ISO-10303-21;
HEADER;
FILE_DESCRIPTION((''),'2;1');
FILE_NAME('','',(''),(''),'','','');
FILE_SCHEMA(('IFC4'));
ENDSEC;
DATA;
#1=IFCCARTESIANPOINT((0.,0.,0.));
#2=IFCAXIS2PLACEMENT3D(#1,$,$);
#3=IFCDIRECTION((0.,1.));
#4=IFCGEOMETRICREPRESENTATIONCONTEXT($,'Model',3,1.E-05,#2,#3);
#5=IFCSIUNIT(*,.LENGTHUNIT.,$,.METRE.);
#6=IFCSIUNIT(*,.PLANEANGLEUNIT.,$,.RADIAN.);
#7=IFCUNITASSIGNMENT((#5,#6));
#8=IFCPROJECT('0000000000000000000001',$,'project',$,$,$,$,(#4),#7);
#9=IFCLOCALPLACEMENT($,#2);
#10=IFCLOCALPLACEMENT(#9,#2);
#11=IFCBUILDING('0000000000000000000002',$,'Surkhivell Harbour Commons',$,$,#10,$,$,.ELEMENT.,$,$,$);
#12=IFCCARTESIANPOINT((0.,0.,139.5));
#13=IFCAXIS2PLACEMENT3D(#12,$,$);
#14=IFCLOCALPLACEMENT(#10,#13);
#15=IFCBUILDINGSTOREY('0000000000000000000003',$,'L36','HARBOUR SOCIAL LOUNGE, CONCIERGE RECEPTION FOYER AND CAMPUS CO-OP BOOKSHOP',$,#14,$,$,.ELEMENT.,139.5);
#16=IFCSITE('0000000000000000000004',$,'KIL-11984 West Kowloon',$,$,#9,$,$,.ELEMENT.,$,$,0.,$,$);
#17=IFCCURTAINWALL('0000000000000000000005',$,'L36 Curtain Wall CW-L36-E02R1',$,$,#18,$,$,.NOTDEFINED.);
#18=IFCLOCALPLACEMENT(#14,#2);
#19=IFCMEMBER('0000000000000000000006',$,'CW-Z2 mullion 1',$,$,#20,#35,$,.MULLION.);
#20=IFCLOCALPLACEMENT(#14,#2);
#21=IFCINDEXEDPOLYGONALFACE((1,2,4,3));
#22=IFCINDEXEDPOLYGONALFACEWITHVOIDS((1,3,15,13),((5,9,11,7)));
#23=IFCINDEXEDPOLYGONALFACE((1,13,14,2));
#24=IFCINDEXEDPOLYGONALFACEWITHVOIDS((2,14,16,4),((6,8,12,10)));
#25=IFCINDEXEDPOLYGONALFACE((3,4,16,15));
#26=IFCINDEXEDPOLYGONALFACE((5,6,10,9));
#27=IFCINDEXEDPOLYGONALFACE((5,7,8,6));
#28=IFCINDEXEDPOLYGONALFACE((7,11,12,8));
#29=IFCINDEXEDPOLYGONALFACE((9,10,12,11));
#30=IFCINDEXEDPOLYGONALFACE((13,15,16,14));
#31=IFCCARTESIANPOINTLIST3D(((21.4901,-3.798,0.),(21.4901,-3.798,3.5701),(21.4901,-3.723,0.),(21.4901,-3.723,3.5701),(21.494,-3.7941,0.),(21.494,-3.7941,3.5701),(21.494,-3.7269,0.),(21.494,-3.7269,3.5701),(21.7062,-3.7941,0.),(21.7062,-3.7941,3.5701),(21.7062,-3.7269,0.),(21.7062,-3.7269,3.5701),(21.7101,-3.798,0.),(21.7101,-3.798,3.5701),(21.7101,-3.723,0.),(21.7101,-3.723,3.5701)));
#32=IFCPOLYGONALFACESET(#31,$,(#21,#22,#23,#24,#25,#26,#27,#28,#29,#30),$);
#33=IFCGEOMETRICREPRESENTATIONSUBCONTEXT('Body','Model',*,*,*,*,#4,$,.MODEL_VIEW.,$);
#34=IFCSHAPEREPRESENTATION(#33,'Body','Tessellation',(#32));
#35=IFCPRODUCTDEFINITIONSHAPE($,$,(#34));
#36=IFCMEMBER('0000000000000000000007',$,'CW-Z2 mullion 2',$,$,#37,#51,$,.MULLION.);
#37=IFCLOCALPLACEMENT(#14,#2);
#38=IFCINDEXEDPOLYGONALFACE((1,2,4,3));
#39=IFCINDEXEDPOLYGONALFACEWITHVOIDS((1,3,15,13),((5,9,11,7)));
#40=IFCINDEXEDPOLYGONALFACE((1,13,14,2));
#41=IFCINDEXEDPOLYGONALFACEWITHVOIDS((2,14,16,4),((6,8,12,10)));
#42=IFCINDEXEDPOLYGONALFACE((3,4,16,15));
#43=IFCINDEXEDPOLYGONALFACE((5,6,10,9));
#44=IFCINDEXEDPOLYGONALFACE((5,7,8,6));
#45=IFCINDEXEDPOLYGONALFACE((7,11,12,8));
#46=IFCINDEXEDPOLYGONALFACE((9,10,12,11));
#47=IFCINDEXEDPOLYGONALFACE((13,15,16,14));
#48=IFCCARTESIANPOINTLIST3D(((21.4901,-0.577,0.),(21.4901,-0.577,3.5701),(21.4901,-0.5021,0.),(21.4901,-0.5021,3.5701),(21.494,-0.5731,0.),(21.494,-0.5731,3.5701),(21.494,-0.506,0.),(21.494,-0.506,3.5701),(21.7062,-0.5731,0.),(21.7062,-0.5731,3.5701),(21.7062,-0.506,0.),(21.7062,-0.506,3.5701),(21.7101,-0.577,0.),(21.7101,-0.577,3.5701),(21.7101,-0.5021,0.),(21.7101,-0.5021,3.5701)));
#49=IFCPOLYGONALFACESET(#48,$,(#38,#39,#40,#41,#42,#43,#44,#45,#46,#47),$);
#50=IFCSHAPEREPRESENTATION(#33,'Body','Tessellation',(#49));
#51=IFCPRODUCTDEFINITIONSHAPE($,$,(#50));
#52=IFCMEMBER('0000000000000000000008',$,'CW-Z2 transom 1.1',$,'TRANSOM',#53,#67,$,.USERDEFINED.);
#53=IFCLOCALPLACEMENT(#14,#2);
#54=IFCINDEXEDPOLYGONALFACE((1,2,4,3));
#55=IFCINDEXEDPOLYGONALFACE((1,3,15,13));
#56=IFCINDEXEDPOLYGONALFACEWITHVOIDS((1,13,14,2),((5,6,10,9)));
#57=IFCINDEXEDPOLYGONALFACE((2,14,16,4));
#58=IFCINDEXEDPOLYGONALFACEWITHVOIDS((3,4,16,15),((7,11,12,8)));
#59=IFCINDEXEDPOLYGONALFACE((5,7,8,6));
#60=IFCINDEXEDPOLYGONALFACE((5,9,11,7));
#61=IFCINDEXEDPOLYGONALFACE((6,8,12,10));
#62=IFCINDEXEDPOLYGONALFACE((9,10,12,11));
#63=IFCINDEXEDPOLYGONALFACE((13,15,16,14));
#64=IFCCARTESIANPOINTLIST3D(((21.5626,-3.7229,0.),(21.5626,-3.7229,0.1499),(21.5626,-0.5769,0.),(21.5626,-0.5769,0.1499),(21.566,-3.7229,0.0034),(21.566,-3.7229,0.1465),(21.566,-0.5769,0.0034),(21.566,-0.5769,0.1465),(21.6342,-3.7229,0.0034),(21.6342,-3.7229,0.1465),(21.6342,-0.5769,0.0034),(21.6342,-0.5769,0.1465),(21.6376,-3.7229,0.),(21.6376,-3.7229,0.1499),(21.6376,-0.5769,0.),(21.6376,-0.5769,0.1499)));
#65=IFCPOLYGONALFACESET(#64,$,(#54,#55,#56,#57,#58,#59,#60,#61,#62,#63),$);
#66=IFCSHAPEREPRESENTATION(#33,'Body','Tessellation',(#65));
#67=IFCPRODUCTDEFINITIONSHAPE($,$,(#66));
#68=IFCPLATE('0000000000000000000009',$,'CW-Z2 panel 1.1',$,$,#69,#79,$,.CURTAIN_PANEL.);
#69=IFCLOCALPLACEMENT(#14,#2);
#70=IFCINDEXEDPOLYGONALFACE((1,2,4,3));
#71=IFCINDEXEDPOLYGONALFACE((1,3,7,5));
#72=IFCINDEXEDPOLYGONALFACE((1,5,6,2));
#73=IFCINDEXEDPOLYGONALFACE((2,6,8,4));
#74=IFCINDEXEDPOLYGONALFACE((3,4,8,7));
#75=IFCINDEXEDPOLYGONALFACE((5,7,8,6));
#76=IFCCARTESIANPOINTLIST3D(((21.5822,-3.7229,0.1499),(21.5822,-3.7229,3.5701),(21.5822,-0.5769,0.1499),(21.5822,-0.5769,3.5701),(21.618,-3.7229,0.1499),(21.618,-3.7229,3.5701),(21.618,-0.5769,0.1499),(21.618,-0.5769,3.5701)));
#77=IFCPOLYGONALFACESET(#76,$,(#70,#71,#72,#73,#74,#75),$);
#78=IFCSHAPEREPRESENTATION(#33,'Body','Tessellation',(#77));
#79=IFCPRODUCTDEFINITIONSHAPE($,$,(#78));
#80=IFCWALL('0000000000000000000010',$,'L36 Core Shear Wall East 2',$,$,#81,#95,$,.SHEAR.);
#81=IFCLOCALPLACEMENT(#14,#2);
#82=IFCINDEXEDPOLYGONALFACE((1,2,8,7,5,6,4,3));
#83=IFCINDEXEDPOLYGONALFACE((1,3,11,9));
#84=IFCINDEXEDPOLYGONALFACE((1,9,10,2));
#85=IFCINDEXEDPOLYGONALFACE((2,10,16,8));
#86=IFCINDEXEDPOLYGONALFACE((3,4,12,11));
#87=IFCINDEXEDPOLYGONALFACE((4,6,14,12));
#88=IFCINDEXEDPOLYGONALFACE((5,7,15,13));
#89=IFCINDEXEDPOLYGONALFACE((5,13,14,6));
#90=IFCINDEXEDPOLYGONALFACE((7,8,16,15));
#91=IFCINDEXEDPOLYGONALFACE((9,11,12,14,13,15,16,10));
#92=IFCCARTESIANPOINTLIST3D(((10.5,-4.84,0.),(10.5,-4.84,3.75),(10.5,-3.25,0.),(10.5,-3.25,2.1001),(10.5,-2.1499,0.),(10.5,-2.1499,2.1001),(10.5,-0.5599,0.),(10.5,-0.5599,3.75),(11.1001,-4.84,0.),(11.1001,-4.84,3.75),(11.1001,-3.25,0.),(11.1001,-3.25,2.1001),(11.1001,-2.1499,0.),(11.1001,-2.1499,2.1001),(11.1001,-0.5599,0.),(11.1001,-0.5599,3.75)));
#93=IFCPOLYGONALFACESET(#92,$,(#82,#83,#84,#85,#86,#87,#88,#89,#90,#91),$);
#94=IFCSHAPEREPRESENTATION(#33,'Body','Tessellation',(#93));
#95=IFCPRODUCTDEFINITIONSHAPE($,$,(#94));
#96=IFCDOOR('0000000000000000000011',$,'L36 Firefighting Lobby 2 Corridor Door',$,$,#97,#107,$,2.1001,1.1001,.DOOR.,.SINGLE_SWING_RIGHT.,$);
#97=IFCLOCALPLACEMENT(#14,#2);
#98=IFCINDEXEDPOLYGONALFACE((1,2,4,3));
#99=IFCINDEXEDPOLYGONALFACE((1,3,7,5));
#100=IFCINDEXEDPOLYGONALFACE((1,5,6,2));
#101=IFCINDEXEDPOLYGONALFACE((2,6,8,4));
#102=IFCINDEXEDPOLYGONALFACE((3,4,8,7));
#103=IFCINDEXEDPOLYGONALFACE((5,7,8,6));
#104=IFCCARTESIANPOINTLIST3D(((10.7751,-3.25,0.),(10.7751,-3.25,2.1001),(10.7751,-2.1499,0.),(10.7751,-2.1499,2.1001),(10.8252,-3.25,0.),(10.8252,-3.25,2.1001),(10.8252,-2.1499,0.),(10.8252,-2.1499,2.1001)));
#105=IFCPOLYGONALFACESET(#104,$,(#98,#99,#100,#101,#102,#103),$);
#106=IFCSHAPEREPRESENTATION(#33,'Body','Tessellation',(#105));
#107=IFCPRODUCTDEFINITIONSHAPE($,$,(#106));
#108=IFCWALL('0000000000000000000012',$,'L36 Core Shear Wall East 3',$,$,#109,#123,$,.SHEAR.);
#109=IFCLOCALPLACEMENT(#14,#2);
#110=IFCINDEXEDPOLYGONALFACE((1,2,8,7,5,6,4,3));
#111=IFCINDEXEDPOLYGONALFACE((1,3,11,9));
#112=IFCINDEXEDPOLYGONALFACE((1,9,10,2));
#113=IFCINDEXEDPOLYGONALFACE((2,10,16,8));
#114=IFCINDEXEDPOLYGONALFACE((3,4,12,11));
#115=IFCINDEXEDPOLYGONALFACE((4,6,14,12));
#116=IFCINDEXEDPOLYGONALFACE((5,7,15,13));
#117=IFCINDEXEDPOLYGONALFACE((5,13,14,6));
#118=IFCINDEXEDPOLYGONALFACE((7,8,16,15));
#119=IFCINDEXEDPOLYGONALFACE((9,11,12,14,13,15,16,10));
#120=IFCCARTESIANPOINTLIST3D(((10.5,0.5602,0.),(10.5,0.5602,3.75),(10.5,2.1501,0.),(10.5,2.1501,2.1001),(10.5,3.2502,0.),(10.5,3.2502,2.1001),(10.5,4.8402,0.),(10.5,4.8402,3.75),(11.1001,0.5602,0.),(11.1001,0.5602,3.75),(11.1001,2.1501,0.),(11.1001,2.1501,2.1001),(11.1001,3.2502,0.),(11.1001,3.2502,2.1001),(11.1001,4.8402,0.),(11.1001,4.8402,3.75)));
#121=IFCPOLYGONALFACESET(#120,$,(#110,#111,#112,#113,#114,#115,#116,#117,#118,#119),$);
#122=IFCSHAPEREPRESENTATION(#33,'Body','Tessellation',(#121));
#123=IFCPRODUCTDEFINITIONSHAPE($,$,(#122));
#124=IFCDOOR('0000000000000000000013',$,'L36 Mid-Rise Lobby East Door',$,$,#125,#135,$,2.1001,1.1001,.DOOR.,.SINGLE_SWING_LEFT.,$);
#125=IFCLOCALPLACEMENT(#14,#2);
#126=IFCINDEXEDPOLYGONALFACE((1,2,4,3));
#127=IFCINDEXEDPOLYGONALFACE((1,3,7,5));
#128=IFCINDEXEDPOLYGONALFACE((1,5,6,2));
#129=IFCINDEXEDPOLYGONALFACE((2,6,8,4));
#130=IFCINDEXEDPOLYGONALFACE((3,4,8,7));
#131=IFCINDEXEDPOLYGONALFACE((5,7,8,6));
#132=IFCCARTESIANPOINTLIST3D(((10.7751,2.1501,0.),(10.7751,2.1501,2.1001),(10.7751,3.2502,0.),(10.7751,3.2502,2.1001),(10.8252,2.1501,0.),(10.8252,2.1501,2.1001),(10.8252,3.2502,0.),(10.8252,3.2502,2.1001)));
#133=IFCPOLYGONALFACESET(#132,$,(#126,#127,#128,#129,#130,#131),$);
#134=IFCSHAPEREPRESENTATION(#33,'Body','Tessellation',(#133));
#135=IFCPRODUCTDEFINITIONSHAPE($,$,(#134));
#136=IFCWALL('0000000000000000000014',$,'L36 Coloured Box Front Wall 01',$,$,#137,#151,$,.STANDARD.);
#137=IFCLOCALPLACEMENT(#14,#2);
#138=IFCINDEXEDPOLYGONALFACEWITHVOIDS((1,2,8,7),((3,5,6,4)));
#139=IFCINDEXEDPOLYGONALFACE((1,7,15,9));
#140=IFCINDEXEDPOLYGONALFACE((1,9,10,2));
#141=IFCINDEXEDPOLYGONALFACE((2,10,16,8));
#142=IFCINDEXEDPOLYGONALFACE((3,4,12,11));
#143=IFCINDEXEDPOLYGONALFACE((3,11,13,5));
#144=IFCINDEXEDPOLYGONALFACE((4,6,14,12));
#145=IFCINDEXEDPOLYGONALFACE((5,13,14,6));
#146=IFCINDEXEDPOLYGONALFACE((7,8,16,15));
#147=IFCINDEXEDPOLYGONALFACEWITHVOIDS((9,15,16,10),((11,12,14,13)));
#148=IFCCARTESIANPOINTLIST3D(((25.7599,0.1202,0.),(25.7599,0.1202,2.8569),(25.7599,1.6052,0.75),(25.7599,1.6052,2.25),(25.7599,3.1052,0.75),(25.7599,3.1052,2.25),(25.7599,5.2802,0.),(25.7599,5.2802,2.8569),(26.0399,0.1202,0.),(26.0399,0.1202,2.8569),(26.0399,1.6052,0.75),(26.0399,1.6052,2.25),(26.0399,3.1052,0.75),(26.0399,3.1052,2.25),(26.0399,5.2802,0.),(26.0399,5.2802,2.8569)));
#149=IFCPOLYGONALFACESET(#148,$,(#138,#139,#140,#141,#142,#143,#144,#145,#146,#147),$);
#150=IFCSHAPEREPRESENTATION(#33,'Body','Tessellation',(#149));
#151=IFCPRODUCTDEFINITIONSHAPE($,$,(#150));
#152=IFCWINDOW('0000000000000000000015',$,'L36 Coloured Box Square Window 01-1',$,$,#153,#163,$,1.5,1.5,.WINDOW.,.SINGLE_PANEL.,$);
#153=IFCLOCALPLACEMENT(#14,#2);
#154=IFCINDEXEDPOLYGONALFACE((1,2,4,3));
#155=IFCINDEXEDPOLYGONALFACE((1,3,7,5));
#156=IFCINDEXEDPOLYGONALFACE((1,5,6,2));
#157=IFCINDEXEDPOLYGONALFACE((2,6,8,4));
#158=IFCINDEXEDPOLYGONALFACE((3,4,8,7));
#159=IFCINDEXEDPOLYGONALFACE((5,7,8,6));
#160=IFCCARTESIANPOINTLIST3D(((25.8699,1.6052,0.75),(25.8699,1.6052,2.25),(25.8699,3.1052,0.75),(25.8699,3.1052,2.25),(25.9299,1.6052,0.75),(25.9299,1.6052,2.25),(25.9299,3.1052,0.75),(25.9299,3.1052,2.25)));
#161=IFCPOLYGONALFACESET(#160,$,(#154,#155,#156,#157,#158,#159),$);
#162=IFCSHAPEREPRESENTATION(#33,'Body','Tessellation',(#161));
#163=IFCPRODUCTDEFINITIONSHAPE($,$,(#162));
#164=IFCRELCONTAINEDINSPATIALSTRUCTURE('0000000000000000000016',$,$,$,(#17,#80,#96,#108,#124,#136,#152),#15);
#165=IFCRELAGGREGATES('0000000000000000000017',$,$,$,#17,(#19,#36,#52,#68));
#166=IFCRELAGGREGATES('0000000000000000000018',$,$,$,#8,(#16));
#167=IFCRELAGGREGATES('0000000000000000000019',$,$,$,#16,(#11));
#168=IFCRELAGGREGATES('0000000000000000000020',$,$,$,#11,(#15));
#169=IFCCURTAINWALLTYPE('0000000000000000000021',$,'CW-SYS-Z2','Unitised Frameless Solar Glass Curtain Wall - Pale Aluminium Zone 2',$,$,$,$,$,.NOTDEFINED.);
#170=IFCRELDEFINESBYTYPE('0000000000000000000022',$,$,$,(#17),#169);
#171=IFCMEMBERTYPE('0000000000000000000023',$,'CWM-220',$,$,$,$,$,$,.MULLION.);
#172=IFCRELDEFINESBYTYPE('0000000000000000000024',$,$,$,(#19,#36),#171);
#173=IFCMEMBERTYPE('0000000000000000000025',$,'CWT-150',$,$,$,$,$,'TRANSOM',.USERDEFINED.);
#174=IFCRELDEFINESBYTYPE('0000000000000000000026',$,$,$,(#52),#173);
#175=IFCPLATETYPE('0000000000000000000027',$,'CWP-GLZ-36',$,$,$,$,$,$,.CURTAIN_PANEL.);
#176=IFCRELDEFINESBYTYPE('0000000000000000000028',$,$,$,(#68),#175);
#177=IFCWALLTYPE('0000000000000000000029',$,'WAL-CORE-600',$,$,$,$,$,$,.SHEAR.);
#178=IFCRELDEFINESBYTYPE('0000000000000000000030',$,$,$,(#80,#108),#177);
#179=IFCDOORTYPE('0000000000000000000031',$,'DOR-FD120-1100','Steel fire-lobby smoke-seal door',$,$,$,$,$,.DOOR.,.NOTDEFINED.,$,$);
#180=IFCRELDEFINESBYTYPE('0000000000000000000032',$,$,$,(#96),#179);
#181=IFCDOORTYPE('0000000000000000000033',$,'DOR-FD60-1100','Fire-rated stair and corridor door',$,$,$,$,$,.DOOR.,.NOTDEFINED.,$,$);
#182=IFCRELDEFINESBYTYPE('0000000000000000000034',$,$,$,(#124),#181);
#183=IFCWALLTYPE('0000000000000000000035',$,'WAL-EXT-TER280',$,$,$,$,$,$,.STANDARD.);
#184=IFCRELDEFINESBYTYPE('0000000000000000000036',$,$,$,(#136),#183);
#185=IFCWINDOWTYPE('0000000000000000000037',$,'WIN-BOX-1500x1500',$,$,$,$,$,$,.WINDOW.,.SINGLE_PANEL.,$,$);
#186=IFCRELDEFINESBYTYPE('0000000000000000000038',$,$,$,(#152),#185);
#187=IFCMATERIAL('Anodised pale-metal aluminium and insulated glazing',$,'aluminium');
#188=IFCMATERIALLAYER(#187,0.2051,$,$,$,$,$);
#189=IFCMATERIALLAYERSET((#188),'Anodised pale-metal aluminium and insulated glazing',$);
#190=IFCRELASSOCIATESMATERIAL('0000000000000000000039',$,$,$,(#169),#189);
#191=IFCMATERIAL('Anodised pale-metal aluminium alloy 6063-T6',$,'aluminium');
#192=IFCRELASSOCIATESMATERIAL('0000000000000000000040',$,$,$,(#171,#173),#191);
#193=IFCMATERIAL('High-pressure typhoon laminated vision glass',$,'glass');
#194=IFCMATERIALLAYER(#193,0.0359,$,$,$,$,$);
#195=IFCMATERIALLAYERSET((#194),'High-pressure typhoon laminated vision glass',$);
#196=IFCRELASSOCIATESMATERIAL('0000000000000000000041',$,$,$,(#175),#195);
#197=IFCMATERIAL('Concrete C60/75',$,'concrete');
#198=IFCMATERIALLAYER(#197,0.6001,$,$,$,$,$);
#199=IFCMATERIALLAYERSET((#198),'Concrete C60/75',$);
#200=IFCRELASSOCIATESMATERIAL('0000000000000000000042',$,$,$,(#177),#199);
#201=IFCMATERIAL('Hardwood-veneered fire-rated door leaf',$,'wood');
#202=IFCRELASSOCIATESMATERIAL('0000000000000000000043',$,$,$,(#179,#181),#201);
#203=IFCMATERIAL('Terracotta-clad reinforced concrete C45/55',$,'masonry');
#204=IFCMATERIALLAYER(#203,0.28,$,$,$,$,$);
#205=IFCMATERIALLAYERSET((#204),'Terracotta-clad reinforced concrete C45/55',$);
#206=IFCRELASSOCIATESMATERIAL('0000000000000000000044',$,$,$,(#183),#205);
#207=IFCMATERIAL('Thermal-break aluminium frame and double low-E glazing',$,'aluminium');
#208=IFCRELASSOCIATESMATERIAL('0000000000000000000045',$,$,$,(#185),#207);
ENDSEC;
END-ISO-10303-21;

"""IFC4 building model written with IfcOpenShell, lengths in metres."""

from ifc_helpers import new_model, si_unit, direction, frame, frame_2d, origin, origin_2d, place, context, subcontext, project, spatial, rectangle, hollow_rectangle, extrude, material, layer, layer_set, material_profile, profile_set, type_object, element, fill, aggregate, save


model = new_model("IFC4")

# Units and contexts
model_context = context("Model", 3, precision=1e-05, world=origin(), true_north=direction((0.0, 1.0)))
body_context = subcontext(model_context, "Body", "Model", "MODEL_VIEW")
ifc_project = project(units=[si_unit("LENGTHUNIT", "METRE"), si_unit("PLANEANGLEUNIT", "RADIAN")], contexts=[model_context])

# Site, building, storey
site_placement = place(None, origin())
site = spatial("IfcSite", under=ifc_project, at=site_placement, Name="KIL-11984 West Kowloon", CompositionType="ELEMENT", RefElevation=0.0)
building_placement = place(site_placement, origin())
building = spatial("IfcBuilding", under=site, at=building_placement, Name="Surkhivell Harbour Commons", CompositionType="ELEMENT")
storey_placement = place(building_placement, frame((0.0, 0.0, 139.5)))
storey = spatial("IfcBuildingStorey", under=building, at=storey_placement, Name="L36", Description="HARBOUR SOCIAL LOUNGE, CONCIERGE RECEPTION FOYER AND CAMPUS CO-OP BOOKSHOP", CompositionType="ELEMENT", Elevation=139.5)

# Shared definitions
ifc_material_1 = material(Name="Concrete C60/75", Category="concrete")

# Shared definitions
ifc_material_2 = material(Name="Anodised pale-metal aluminium and insulated glazing", Category="aluminium")
ifc_layer_1 = layer(ifc_material_2, 0.2051)
ifc_layer_set_1 = layer_set([ifc_layer_1], Name="Anodised pale-metal aluminium and insulated glazing")
curtain_wall_type = type_object("IfcCurtainWallType", Name="CW-SYS-Z2", Description="Unitised Frameless Solar Glass Curtain Wall - Pale Aluminium Zone 2", PredefinedType="NOTDEFINED", material=ifc_layer_set_1)
ifc_material_3 = material(Name="Anodised pale-metal aluminium alloy 6063-T6", Category="aluminium")
ifc_material_profile_1 = material_profile(ifc_material_3, hollow_rectangle(XDim=0.075, YDim=0.22, WallThickness=0.0039, at=origin_2d()), Name="ALU-MULL-75x220")
ifc_profile_set_1 = profile_set([ifc_material_profile_1], Name="Anodised pale-metal aluminium alloy 6063-T6")
member_type_1 = type_object("IfcMemberType", Name="CWM-220", PredefinedType="MULLION", material=ifc_profile_set_1)

# Curtain wall, members, plate
curtain_wall_1_placement = place(storey_placement, origin())
curtain_wall_1 = element("IfcCurtainWall", 1, at=curtain_wall_1_placement, inside=storey, type_object=curtain_wall_type, Name="L36 Curtain Wall CW-L36-E02R1", PredefinedType="NOTDEFINED")
member_1_placement = place(storey_placement, frame((21.6001, -3.7605, 0.0), z_axis=(0.0, 0.0, 1.0), x_axis=(0.0, 1.0, 0.0)))
member_1 = element("IfcMember", 2, at=member_1_placement, type_object=member_type_1, Name="CW-Z2 mullion 1", PredefinedType="MULLION", context=body_context, shape_type="SweptSolid", body=[
    extrude(hollow_rectangle(XDim=0.075, YDim=0.22, WallThickness=0.0039, at=origin_2d()), origin(), (0.0, 0.0, 1.0), 3.5701),
])
member_2_placement = place(storey_placement, frame((21.6001, -0.5396, 0.0), z_axis=(0.0, 0.0, 1.0), x_axis=(0.0, 1.0, 0.0)))
member_2 = element("IfcMember", 3, at=member_2_placement, type_object=member_type_1, Name="CW-Z2 mullion 2", PredefinedType="MULLION", context=body_context, shape_type="SweptSolid", body=[
    extrude(hollow_rectangle(XDim=0.075, YDim=0.22, WallThickness=0.0039, at=origin_2d()), origin(), (0.0, 0.0, 1.0), 3.5701),
])
ifc_material_profile_2 = material_profile(ifc_material_3, hollow_rectangle(XDim=0.075, YDim=0.1499, WallThickness=0.0034, at=origin_2d()), Name="ALU-TRAN-75x150")
ifc_profile_set_2 = profile_set([ifc_material_profile_2], Name="Anodised pale-metal aluminium alloy 6063-T6")
member_type_2 = type_object("IfcMemberType", Name="CWT-150", ElementType="TRANSOM", PredefinedType="USERDEFINED", material=ifc_profile_set_2)
member_3_placement = place(storey_placement, frame((21.6001, -3.7229, 0.075), z_axis=(0.0, 1.0, 0.0), x_axis=(-1.0, 0.0, 0.0)))
member_3 = element("IfcMember", 4, at=member_3_placement, type_object=member_type_2, Name="CW-Z2 transom 1.1", ObjectType="TRANSOM", PredefinedType="USERDEFINED", context=body_context, shape_type="SweptSolid", body=[
    extrude(hollow_rectangle(XDim=0.075, YDim=0.1499, WallThickness=0.0034, at=origin_2d()), origin(), (0.0, 0.0, 1.0), 3.146),
])
ifc_material_4 = material(Name="High-pressure typhoon laminated vision glass", Category="glass")
ifc_layer_2 = layer(ifc_material_4, 0.0359)
ifc_layer_set_2 = layer_set([ifc_layer_2], Name="High-pressure typhoon laminated vision glass")
plate_type = type_object("IfcPlateType", Name="CWP-GLZ-36", PredefinedType="CURTAIN_PANEL", material=ifc_layer_set_2)
plate_placement = place(storey_placement, frame((21.6001, -3.7229, 0.1499), z_axis=(0.0, 0.0, 1.0), x_axis=(0.0, 1.0, 0.0)))
plate = element("IfcPlate", 5, at=plate_placement, type_object=plate_type, Name="CW-Z2 panel 1.1", PredefinedType="CURTAIN_PANEL", context=body_context, shape_type="SweptSolid", body=[
    extrude(rectangle(XDim=3.146, YDim=0.0359, at=frame_2d((1.573, 0.0))), origin(), (0.0, 0.0, 1.0), 3.4202),
])
aggregate(curtain_wall_1, [member_1, member_2, member_3, plate])

# Walls, openings, doors
ifc_layer_3 = layer(ifc_material_1, 0.6001)
ifc_layer_set_3 = layer_set([ifc_layer_3], Name="Concrete C60/75")
wall_type_1 = type_object("IfcWallType", Name="WAL-CORE-600", PredefinedType="SHEAR", material=ifc_layer_set_3)
wall_1_placement = place(storey_placement, frame((10.8, -4.8401, 0.0), z_axis=(0.0, 0.0, 1.0), x_axis=(0.0, 1.0, 0.0)))
wall_1 = element("IfcWall", 6, at=wall_1_placement, inside=storey, type_object=wall_type_1, Name="L36 Core Shear Wall East 2", PredefinedType="SHEAR", context=body_context, shape_type="SweptSolid", body=[
    extrude(rectangle(XDim=4.28, YDim=0.6001, at=frame_2d((2.1401, 0.0))), origin(), (0.0, 0.0, 1.0), 3.75),
])
opening_1_placement = place(wall_1_placement, frame((1.5901, 0.0, 0.0)))
opening_1 = element("IfcOpeningElement", 7, at=opening_1_placement, cuts=wall_1, PredefinedType="OPENING", context=body_context, shape_type="SweptSolid", body=[
    extrude(rectangle(XDim=1.1001, YDim=2.1001, at=frame_2d((0.55, 1.05))), frame((0.0, 0.3101, 0.0), z_axis=(0.0, -1.0, 0.0), x_axis=(1.0, 0.0, 0.0)), (0.0, 0.0, 1.0), 0.6201),
])
ifc_material_5 = material(Name="Hardwood-veneered fire-rated door leaf", Category="wood")
door_type_1 = type_object("IfcDoorType", Name="DOR-FD120-1100", Description="Steel fire-lobby smoke-seal door", OperationType="NOTDEFINED", PredefinedType="DOOR", material=ifc_material_5)
door_1_placement = place(opening_1_placement, origin())
door_1 = element("IfcDoor", 8, at=door_1_placement, inside=storey, type_object=door_type_1, Name="L36 Firefighting Lobby 2 Corridor Door", OperationType="SINGLE_SWING_RIGHT", OverallHeight=2.1001, OverallWidth=1.1001, PredefinedType="DOOR", context=body_context, shape_type="SweptSolid", body=[
    extrude(rectangle(XDim=1.1001, YDim=2.1001, at=frame_2d((0.55, 1.05))), frame((0.0, 0.0249, 0.0), z_axis=(0.0, -1.0, 0.0), x_axis=(1.0, 0.0, 0.0)), (0.0, 0.0, 1.0), 0.05),
])
fill(opening_1, door_1)
wall_2_placement = place(storey_placement, frame((10.8, 0.5601, 0.0), z_axis=(0.0, 0.0, 1.0), x_axis=(0.0, 1.0, 0.0)))
wall_2 = element("IfcWall", 9, at=wall_2_placement, inside=storey, type_object=wall_type_1, Name="L36 Core Shear Wall East 3", PredefinedType="SHEAR", context=body_context, shape_type="SweptSolid", body=[
    extrude(rectangle(XDim=4.28, YDim=0.6001, at=frame_2d((2.1401, 0.0))), origin(), (0.0, 0.0, 1.0), 3.75),
])
opening_2_placement = place(wall_2_placement, frame((1.5901, 0.0, 0.0)))
opening_2 = element("IfcOpeningElement", 10, at=opening_2_placement, cuts=wall_2, PredefinedType="OPENING", context=body_context, shape_type="SweptSolid", body=[
    extrude(rectangle(XDim=1.1001, YDim=2.1001, at=frame_2d((0.55, 1.05))), frame((0.0, 0.3101, 0.0), z_axis=(0.0, -1.0, 0.0), x_axis=(1.0, 0.0, 0.0)), (0.0, 0.0, 1.0), 0.6201),
])
door_type_2 = type_object("IfcDoorType", Name="DOR-FD60-1100", Description="Fire-rated stair and corridor door", OperationType="NOTDEFINED", PredefinedType="DOOR", material=ifc_material_5)
door_2_placement = place(opening_2_placement, origin())
door_2 = element("IfcDoor", 11, at=door_2_placement, inside=storey, type_object=door_type_2, Name="L36 Mid-Rise Lobby East Door", OperationType="SINGLE_SWING_LEFT", OverallHeight=2.1001, OverallWidth=1.1001, PredefinedType="DOOR", context=body_context, shape_type="SweptSolid", body=[
    extrude(rectangle(XDim=1.1001, YDim=2.1001, at=frame_2d((0.55, 1.05))), frame((0.0, 0.0249, 0.0), z_axis=(0.0, -1.0, 0.0), x_axis=(1.0, 0.0, 0.0)), (0.0, 0.0, 1.0), 0.05),
])
fill(opening_2, door_2)

# Wall, opening, window
ifc_material_6 = material(Name="Terracotta-clad reinforced concrete C45/55", Category="masonry")
ifc_layer_4 = layer(ifc_material_6, 0.28)
ifc_layer_set_4 = layer_set([ifc_layer_4], Name="Terracotta-clad reinforced concrete C45/55")
wall_type_2 = type_object("IfcWallType", Name="WAL-EXT-TER280", PredefinedType="STANDARD", material=ifc_layer_set_4)
wall_3_placement = place(storey_placement, frame((25.8999, 0.1201, 0.0), z_axis=(0.0, 0.0, 1.0), x_axis=(0.0, 1.0, 0.0)))
wall_3 = element("IfcWall", 12, at=wall_3_placement, inside=storey, type_object=wall_type_2, Name="L36 Coloured Box Front Wall 01", PredefinedType="STANDARD", context=body_context, shape_type="SweptSolid", body=[
    extrude(rectangle(XDim=5.1599, YDim=0.28, at=frame_2d((2.5801, 0.0))), origin(), (0.0, 0.0, 1.0), 2.8569),
])
opening_3_placement = place(wall_3_placement, frame((1.4851, 0.0, 0.75)))
opening_3 = element("IfcOpeningElement", 13, at=opening_3_placement, cuts=wall_3, PredefinedType="OPENING", context=body_context, shape_type="SweptSolid", body=[
    extrude(rectangle(XDim=1.5, YDim=1.5, at=frame_2d((0.75, 0.75))), frame((0.0, 0.1499, 0.0), z_axis=(0.0, -1.0, 0.0), x_axis=(1.0, 0.0, 0.0)), (0.0, 0.0, 1.0), 0.3),
])
ifc_material_7 = material(Name="Thermal-break aluminium frame and double low-E glazing", Category="aluminium")
window_type_1 = type_object("IfcWindowType", Name="WIN-BOX-1500x1500", PartitioningType="SINGLE_PANEL", PredefinedType="WINDOW", material=ifc_material_7)
window_1_placement = place(opening_3_placement, origin())
window_1 = element("IfcWindow", 14, at=window_1_placement, inside=storey, type_object=window_type_1, Name="L36 Coloured Box Square Window 01-1", OverallHeight=1.5, OverallWidth=1.5, PartitioningType="SINGLE_PANEL", PredefinedType="WINDOW", context=body_context, shape_type="SweptSolid", body=[
    extrude(rectangle(XDim=1.5, YDim=1.5, at=frame_2d((0.75, 0.75))), frame((0.0, 0.03, 0.0), z_axis=(0.0, -1.0, 0.0), x_axis=(1.0, 0.0, 0.0)), (0.0, 0.0, 1.0), 0.0601),
])
fill(opening_3, window_1)

save(model, "model.ifc")
